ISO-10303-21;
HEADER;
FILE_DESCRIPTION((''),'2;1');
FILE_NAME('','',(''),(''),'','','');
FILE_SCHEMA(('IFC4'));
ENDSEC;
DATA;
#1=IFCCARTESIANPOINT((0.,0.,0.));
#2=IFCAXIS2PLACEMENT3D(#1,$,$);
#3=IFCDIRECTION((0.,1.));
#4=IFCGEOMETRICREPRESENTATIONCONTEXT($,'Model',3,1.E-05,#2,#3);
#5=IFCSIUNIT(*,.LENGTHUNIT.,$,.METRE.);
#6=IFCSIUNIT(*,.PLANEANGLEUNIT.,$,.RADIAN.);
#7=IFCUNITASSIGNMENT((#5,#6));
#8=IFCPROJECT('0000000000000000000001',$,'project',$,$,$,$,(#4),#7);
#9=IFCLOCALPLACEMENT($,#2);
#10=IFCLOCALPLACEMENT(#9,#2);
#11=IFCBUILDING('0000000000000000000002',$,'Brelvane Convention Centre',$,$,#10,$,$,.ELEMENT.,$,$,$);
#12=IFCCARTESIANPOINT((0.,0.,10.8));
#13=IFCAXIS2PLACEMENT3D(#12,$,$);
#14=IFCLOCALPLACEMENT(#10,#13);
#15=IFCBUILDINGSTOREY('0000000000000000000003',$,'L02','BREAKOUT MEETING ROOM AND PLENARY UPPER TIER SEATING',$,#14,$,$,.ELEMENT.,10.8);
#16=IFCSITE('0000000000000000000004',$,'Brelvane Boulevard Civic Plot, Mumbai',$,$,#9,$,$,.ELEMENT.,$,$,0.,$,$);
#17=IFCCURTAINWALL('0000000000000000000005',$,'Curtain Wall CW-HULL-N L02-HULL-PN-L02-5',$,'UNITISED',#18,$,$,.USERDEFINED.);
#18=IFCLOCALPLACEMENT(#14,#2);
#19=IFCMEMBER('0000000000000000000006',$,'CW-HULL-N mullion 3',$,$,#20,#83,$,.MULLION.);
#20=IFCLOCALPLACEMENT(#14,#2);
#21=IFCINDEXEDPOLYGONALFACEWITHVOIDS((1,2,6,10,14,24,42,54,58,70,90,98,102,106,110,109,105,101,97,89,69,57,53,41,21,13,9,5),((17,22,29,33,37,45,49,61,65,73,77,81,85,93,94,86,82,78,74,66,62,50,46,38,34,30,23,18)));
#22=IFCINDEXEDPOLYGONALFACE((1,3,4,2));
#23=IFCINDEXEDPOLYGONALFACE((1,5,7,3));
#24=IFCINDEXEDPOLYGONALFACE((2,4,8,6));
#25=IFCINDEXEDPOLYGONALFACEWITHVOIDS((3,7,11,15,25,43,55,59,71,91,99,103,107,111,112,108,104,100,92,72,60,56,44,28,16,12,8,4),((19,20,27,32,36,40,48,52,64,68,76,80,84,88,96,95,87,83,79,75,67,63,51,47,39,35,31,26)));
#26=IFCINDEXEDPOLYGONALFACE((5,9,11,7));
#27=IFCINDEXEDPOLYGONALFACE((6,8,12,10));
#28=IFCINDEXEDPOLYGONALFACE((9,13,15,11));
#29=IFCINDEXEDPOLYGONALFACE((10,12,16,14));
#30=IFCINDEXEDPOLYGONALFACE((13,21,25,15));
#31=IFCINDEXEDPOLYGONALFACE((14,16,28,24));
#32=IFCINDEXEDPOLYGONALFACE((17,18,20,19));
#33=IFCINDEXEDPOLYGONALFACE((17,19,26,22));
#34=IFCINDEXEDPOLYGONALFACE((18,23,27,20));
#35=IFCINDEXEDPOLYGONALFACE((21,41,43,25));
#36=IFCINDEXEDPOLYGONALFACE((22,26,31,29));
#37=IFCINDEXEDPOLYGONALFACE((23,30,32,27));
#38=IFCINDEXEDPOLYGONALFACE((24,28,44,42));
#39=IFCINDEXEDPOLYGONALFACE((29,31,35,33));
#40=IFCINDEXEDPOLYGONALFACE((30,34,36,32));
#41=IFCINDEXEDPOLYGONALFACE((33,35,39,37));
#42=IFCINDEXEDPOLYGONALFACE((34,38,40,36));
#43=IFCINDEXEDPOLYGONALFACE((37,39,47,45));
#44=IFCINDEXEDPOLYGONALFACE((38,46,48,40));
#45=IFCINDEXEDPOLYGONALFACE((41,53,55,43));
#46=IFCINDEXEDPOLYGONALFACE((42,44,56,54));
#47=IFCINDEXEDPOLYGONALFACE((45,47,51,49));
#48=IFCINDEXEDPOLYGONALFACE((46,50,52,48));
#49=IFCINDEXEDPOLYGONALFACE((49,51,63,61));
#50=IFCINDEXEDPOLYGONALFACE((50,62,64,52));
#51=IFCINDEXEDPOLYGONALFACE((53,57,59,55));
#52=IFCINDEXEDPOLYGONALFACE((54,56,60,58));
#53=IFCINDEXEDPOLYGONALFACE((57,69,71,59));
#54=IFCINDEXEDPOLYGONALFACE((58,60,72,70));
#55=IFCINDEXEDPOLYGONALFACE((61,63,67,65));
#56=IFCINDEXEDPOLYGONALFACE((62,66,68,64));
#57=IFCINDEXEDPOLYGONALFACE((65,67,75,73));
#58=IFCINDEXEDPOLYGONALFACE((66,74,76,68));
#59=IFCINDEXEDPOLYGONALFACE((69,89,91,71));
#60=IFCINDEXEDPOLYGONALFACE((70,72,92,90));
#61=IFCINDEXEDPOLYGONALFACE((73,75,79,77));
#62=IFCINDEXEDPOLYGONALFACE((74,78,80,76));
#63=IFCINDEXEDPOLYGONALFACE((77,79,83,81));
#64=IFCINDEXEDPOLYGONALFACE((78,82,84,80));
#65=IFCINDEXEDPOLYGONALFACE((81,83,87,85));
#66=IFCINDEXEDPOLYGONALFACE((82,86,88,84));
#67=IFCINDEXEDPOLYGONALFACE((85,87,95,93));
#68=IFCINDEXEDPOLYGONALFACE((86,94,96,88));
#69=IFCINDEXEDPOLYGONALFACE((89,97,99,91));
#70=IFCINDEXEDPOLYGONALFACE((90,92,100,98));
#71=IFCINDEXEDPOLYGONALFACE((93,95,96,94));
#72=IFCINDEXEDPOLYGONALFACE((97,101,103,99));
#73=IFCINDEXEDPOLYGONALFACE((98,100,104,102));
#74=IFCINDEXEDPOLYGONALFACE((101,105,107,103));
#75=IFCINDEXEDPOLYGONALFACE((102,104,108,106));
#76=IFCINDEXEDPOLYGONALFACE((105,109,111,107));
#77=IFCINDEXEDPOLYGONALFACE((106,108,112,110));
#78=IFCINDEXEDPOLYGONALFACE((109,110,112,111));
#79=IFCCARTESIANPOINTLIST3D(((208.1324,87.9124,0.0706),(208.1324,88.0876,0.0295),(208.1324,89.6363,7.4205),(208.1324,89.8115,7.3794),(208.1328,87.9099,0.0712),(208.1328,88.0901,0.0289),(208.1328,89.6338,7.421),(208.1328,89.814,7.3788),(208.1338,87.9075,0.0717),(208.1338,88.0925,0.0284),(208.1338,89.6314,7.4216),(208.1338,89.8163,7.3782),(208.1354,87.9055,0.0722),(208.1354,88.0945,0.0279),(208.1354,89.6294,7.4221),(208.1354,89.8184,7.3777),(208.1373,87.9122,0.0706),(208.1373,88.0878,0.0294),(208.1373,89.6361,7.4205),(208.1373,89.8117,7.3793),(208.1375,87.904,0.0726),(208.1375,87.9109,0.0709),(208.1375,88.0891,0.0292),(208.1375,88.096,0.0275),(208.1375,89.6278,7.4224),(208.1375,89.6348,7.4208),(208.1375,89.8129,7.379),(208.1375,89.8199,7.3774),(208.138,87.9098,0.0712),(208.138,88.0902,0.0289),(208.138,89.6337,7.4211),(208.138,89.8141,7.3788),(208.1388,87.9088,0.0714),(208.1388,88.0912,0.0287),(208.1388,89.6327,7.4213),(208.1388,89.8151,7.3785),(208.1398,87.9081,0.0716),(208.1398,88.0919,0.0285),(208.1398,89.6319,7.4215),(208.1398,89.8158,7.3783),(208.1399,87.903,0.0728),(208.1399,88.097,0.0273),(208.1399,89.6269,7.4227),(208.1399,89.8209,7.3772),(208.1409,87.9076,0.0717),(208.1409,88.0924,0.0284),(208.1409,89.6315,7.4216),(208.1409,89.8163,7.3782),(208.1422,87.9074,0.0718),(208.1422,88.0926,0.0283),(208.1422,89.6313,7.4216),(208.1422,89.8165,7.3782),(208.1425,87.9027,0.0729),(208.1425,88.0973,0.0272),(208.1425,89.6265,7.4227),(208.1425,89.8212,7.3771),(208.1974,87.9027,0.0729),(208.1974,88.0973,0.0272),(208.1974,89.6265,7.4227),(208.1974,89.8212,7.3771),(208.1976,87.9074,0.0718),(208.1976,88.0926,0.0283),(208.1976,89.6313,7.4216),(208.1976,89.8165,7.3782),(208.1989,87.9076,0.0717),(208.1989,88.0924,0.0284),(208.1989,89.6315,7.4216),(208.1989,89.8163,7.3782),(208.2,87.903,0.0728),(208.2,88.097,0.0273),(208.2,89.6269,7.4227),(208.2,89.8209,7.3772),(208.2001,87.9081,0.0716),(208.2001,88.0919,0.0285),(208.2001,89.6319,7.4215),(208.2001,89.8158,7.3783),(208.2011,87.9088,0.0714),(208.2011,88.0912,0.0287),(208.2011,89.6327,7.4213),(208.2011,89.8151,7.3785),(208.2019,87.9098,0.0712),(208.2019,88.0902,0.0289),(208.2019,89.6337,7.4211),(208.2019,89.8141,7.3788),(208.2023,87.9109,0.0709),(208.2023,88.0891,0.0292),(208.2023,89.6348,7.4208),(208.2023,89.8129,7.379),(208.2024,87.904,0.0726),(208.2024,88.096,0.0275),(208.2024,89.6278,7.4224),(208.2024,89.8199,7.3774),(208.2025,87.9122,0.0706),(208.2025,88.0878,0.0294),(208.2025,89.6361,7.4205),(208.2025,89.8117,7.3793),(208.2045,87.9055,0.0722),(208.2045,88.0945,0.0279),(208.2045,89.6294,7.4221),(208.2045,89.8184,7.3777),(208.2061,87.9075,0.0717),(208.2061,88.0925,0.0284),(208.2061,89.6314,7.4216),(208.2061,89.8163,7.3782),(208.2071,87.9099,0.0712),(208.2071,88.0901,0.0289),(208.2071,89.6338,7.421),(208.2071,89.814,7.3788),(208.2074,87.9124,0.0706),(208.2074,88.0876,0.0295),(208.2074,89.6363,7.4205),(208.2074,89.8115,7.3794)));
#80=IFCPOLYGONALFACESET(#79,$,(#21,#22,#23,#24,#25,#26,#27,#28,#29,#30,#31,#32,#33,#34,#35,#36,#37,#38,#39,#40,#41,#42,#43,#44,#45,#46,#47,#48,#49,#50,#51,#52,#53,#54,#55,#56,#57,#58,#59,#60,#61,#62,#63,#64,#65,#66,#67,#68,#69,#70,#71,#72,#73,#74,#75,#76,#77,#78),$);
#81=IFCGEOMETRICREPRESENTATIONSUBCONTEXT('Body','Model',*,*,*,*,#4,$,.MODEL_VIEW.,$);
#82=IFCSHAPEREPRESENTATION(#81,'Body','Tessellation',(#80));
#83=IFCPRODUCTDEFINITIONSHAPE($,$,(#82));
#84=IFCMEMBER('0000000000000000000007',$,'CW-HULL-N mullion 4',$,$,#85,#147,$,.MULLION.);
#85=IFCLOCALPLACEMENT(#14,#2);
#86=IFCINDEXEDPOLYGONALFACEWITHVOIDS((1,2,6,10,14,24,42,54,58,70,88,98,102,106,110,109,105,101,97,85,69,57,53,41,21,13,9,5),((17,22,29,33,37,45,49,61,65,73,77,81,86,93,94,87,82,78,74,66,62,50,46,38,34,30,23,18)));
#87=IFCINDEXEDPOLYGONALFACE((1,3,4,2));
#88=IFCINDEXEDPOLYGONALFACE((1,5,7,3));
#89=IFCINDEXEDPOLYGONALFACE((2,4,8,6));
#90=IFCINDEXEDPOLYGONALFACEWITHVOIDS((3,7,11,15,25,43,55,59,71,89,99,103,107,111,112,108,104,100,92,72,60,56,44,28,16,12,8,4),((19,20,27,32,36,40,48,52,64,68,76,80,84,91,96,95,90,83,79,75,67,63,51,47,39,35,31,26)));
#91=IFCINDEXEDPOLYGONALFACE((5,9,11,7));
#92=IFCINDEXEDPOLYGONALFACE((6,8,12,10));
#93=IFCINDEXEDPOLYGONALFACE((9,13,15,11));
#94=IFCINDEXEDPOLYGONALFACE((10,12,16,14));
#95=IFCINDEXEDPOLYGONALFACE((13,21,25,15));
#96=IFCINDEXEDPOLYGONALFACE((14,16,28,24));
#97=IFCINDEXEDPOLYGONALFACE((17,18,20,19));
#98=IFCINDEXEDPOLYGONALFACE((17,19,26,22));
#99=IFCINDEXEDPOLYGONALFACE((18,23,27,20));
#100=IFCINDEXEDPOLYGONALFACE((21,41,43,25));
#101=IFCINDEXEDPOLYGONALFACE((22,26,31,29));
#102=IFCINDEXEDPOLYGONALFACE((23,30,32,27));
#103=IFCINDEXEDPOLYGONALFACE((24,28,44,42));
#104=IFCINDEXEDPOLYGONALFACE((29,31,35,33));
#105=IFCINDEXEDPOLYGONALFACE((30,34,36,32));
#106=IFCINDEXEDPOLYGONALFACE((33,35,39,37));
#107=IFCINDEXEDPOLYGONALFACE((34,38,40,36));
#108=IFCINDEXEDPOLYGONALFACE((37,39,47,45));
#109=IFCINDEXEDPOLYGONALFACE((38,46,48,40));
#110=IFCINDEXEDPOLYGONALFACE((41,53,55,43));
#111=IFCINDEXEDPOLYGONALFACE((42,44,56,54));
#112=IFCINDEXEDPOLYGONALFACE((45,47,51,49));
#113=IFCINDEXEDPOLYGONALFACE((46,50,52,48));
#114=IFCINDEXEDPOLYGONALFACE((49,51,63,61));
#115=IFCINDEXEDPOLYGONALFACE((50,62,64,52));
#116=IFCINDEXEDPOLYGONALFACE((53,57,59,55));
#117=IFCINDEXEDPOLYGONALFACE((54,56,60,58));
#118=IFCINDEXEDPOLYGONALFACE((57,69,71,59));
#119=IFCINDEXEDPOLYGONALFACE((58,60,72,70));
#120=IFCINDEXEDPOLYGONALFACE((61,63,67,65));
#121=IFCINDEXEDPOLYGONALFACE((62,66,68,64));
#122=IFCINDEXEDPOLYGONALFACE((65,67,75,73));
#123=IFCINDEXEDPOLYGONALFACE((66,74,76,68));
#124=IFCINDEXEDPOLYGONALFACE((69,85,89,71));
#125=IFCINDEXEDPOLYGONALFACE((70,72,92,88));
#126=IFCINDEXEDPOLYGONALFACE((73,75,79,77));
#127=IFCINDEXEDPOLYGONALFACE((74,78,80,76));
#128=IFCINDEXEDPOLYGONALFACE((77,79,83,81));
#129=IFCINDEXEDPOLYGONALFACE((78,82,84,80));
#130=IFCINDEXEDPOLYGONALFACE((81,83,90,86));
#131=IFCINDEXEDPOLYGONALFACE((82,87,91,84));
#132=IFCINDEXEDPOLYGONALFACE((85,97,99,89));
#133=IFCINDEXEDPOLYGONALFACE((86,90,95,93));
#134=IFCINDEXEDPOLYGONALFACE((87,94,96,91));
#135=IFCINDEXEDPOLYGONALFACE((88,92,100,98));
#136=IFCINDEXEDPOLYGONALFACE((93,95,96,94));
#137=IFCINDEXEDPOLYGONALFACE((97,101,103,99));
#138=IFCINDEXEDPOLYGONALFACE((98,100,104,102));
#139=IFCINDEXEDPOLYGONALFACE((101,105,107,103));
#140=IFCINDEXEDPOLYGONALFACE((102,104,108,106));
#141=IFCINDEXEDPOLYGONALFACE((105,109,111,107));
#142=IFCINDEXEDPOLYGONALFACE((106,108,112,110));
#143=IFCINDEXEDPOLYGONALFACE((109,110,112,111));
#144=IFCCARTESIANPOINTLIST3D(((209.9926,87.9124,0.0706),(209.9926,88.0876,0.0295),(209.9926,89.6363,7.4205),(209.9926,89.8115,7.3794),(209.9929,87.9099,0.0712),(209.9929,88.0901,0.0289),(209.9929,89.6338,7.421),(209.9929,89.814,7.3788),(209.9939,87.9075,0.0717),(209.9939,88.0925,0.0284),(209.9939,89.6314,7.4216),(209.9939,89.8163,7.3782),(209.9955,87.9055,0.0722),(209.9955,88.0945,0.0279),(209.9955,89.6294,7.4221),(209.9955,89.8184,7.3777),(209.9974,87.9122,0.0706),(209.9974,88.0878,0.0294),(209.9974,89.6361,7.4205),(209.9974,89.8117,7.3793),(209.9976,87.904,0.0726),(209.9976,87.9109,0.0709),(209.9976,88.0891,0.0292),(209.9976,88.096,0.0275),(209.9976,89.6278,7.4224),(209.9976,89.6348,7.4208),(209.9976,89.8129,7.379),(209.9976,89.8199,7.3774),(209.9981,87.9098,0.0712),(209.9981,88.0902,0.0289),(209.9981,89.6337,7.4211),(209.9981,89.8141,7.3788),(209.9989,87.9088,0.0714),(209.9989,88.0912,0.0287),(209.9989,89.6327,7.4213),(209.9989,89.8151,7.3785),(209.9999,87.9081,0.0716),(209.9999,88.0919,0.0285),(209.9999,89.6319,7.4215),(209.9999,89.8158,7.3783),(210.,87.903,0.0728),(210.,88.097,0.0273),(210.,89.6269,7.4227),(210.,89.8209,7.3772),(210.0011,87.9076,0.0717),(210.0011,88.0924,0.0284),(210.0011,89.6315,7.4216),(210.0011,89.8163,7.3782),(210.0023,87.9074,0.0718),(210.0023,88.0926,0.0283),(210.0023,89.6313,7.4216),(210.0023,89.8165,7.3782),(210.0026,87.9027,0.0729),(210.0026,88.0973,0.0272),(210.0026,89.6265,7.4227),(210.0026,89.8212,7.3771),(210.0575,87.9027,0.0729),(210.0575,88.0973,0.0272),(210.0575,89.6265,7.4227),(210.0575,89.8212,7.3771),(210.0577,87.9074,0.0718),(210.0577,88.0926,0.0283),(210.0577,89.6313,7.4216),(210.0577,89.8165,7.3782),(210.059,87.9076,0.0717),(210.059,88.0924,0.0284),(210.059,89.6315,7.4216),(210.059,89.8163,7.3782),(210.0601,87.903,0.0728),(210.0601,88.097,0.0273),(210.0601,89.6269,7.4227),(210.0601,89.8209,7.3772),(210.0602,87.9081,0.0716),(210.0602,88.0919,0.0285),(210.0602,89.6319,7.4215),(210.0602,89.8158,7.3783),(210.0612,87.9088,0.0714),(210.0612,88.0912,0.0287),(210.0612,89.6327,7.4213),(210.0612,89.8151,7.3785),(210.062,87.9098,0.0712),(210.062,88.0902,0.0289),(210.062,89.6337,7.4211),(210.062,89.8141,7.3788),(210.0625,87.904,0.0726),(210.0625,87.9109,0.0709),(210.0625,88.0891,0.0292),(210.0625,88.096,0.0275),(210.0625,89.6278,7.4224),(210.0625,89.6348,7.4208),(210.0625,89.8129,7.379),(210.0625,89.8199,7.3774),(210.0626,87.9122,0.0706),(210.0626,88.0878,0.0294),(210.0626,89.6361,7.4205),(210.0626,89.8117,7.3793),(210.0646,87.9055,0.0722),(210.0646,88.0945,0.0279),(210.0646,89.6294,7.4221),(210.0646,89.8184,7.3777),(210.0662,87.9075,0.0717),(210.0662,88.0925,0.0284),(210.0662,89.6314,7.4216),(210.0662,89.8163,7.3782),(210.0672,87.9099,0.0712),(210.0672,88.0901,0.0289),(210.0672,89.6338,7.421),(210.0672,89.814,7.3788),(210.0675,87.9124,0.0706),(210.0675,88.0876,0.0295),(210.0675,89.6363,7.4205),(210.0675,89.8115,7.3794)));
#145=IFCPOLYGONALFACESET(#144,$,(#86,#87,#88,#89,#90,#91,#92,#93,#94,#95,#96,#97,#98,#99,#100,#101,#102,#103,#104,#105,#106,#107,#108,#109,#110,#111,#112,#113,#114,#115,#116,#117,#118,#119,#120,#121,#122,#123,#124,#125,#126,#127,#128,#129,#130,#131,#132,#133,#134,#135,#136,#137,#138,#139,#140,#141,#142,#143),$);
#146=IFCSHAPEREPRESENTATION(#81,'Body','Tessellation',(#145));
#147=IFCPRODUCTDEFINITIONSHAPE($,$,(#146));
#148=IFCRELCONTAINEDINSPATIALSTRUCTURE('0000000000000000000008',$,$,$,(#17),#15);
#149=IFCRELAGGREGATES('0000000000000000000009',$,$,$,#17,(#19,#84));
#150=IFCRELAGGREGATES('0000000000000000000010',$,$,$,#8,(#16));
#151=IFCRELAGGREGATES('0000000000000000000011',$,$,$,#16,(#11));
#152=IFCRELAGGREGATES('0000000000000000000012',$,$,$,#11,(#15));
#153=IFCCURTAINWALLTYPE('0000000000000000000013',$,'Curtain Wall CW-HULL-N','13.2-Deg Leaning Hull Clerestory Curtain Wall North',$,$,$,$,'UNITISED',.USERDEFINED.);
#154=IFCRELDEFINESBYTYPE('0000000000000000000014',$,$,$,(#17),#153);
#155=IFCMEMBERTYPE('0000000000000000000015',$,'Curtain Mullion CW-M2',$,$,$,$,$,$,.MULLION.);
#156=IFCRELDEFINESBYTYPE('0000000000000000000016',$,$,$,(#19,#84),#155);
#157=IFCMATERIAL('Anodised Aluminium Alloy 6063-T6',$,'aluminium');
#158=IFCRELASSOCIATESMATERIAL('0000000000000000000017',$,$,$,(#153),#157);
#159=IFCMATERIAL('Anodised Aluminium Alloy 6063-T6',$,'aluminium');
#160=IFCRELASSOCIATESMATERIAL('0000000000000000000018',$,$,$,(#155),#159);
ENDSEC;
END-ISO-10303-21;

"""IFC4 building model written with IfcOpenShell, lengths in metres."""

from ifc_helpers import new_model, si_unit, direction, frame, origin, origin_2d, place, context, subcontext, project, spatial, hollow_rectangle, extrude, material, material_profile, profile_set, type_object, element, aggregate, save


model = new_model("IFC4")

# Units and contexts
model_context = context("Model", 3, precision=1e-05, world=origin(), true_north=direction((0.0, 1.0)))
body_context = subcontext(model_context, "Body", "Model", "MODEL_VIEW")
ifc_project = project(units=[si_unit("LENGTHUNIT", "METRE"), si_unit("PLANEANGLEUNIT", "RADIAN")], contexts=[model_context])

# Site, building, storey
site_placement = place(None, origin())
site = spatial("IfcSite", under=ifc_project, at=site_placement, Name="Brelvane Boulevard Civic Plot, Mumbai", CompositionType="ELEMENT", RefElevation=0.0)
building_placement = place(site_placement, origin())
building = spatial("IfcBuilding", under=site, at=building_placement, Name="Brelvane Convention Centre", CompositionType="ELEMENT")
storey_placement = place(building_placement, frame((0.0, 0.0, 10.8)))
storey = spatial("IfcBuildingStorey", under=building, at=storey_placement, Name="L02", Description="BREAKOUT MEETING ROOM AND PLENARY UPPER TIER SEATING", CompositionType="ELEMENT", Elevation=10.8)

# Curtain wall, members
ifc_material_1 = material(Name="Anodised Aluminium Alloy 6063-T6", Category="aluminium")
curtain_wall_type = type_object("IfcCurtainWallType", Name="Curtain Wall CW-HULL-N", Description="13.2-Deg Leaning Hull Clerestory Curtain Wall North", ElementType="UNITISED", PredefinedType="USERDEFINED", material=ifc_material_1)
ifc_material_2 = material(Name="Anodised Aluminium Alloy 6063-T6", Category="aluminium")
ifc_material_profile_1 = material_profile(ifc_material_2, hollow_rectangle(XDim=0.075, YDim=0.2, WallThickness=0.0049, InnerFilletRadius=0.0049, OuterFilletRadius=0.01, at=origin_2d()), Name="ALU-M 200x75x5.0")
ifc_profile_set_1 = profile_set([ifc_material_profile_1], Name="Anodised Aluminium Alloy 6063-T6")
member_type_1 = type_object("IfcMemberType", Name="Curtain Mullion CW-M2", PredefinedType="MULLION", material=ifc_profile_set_1)
curtain_wall_1_placement = place(storey_placement, origin())
curtain_wall_1 = element("IfcCurtainWall", 1, at=curtain_wall_1_placement, inside=storey, type_object=curtain_wall_type, Name="Curtain Wall CW-HULL-N L02-HULL-PN-L02-5", ObjectType="UNITISED", PredefinedType="USERDEFINED")
member_1_placement = place(storey_placement, frame((208.1699, 88.0, 0.05), z_axis=(0.0, 0.228349, 0.973579), x_axis=(-1.0, 0.0, 0.0)))
member_1 = element("IfcMember", 2, at=member_1_placement, type_object=member_type_1, Name="CW-HULL-N mullion 3", PredefinedType="MULLION", context=body_context, shape_type="SweptSolid", body=[
    extrude(hollow_rectangle(XDim=0.075, YDim=0.2, WallThickness=0.0049, InnerFilletRadius=0.0049, OuterFilletRadius=0.01, at=origin_2d()), origin(), (0.0, 0.0, 1.0), 7.5493),
])
member_2_placement = place(storey_placement, frame((210.03, 88.0, 0.05), z_axis=(0.0, 0.228349, 0.973579), x_axis=(-1.0, 0.0, 0.0)))
member_2 = element("IfcMember", 3, at=member_2_placement, type_object=member_type_1, Name="CW-HULL-N mullion 4", PredefinedType="MULLION", context=body_context, shape_type="SweptSolid", body=[
    extrude(hollow_rectangle(XDim=0.075, YDim=0.2, WallThickness=0.0049, InnerFilletRadius=0.0049, OuterFilletRadius=0.01, at=origin_2d()), origin(), (0.0, 0.0, 1.0), 7.5493),
])

aggregate(curtain_wall_1, [member_1, member_2])

save(model, "model.ifc")
